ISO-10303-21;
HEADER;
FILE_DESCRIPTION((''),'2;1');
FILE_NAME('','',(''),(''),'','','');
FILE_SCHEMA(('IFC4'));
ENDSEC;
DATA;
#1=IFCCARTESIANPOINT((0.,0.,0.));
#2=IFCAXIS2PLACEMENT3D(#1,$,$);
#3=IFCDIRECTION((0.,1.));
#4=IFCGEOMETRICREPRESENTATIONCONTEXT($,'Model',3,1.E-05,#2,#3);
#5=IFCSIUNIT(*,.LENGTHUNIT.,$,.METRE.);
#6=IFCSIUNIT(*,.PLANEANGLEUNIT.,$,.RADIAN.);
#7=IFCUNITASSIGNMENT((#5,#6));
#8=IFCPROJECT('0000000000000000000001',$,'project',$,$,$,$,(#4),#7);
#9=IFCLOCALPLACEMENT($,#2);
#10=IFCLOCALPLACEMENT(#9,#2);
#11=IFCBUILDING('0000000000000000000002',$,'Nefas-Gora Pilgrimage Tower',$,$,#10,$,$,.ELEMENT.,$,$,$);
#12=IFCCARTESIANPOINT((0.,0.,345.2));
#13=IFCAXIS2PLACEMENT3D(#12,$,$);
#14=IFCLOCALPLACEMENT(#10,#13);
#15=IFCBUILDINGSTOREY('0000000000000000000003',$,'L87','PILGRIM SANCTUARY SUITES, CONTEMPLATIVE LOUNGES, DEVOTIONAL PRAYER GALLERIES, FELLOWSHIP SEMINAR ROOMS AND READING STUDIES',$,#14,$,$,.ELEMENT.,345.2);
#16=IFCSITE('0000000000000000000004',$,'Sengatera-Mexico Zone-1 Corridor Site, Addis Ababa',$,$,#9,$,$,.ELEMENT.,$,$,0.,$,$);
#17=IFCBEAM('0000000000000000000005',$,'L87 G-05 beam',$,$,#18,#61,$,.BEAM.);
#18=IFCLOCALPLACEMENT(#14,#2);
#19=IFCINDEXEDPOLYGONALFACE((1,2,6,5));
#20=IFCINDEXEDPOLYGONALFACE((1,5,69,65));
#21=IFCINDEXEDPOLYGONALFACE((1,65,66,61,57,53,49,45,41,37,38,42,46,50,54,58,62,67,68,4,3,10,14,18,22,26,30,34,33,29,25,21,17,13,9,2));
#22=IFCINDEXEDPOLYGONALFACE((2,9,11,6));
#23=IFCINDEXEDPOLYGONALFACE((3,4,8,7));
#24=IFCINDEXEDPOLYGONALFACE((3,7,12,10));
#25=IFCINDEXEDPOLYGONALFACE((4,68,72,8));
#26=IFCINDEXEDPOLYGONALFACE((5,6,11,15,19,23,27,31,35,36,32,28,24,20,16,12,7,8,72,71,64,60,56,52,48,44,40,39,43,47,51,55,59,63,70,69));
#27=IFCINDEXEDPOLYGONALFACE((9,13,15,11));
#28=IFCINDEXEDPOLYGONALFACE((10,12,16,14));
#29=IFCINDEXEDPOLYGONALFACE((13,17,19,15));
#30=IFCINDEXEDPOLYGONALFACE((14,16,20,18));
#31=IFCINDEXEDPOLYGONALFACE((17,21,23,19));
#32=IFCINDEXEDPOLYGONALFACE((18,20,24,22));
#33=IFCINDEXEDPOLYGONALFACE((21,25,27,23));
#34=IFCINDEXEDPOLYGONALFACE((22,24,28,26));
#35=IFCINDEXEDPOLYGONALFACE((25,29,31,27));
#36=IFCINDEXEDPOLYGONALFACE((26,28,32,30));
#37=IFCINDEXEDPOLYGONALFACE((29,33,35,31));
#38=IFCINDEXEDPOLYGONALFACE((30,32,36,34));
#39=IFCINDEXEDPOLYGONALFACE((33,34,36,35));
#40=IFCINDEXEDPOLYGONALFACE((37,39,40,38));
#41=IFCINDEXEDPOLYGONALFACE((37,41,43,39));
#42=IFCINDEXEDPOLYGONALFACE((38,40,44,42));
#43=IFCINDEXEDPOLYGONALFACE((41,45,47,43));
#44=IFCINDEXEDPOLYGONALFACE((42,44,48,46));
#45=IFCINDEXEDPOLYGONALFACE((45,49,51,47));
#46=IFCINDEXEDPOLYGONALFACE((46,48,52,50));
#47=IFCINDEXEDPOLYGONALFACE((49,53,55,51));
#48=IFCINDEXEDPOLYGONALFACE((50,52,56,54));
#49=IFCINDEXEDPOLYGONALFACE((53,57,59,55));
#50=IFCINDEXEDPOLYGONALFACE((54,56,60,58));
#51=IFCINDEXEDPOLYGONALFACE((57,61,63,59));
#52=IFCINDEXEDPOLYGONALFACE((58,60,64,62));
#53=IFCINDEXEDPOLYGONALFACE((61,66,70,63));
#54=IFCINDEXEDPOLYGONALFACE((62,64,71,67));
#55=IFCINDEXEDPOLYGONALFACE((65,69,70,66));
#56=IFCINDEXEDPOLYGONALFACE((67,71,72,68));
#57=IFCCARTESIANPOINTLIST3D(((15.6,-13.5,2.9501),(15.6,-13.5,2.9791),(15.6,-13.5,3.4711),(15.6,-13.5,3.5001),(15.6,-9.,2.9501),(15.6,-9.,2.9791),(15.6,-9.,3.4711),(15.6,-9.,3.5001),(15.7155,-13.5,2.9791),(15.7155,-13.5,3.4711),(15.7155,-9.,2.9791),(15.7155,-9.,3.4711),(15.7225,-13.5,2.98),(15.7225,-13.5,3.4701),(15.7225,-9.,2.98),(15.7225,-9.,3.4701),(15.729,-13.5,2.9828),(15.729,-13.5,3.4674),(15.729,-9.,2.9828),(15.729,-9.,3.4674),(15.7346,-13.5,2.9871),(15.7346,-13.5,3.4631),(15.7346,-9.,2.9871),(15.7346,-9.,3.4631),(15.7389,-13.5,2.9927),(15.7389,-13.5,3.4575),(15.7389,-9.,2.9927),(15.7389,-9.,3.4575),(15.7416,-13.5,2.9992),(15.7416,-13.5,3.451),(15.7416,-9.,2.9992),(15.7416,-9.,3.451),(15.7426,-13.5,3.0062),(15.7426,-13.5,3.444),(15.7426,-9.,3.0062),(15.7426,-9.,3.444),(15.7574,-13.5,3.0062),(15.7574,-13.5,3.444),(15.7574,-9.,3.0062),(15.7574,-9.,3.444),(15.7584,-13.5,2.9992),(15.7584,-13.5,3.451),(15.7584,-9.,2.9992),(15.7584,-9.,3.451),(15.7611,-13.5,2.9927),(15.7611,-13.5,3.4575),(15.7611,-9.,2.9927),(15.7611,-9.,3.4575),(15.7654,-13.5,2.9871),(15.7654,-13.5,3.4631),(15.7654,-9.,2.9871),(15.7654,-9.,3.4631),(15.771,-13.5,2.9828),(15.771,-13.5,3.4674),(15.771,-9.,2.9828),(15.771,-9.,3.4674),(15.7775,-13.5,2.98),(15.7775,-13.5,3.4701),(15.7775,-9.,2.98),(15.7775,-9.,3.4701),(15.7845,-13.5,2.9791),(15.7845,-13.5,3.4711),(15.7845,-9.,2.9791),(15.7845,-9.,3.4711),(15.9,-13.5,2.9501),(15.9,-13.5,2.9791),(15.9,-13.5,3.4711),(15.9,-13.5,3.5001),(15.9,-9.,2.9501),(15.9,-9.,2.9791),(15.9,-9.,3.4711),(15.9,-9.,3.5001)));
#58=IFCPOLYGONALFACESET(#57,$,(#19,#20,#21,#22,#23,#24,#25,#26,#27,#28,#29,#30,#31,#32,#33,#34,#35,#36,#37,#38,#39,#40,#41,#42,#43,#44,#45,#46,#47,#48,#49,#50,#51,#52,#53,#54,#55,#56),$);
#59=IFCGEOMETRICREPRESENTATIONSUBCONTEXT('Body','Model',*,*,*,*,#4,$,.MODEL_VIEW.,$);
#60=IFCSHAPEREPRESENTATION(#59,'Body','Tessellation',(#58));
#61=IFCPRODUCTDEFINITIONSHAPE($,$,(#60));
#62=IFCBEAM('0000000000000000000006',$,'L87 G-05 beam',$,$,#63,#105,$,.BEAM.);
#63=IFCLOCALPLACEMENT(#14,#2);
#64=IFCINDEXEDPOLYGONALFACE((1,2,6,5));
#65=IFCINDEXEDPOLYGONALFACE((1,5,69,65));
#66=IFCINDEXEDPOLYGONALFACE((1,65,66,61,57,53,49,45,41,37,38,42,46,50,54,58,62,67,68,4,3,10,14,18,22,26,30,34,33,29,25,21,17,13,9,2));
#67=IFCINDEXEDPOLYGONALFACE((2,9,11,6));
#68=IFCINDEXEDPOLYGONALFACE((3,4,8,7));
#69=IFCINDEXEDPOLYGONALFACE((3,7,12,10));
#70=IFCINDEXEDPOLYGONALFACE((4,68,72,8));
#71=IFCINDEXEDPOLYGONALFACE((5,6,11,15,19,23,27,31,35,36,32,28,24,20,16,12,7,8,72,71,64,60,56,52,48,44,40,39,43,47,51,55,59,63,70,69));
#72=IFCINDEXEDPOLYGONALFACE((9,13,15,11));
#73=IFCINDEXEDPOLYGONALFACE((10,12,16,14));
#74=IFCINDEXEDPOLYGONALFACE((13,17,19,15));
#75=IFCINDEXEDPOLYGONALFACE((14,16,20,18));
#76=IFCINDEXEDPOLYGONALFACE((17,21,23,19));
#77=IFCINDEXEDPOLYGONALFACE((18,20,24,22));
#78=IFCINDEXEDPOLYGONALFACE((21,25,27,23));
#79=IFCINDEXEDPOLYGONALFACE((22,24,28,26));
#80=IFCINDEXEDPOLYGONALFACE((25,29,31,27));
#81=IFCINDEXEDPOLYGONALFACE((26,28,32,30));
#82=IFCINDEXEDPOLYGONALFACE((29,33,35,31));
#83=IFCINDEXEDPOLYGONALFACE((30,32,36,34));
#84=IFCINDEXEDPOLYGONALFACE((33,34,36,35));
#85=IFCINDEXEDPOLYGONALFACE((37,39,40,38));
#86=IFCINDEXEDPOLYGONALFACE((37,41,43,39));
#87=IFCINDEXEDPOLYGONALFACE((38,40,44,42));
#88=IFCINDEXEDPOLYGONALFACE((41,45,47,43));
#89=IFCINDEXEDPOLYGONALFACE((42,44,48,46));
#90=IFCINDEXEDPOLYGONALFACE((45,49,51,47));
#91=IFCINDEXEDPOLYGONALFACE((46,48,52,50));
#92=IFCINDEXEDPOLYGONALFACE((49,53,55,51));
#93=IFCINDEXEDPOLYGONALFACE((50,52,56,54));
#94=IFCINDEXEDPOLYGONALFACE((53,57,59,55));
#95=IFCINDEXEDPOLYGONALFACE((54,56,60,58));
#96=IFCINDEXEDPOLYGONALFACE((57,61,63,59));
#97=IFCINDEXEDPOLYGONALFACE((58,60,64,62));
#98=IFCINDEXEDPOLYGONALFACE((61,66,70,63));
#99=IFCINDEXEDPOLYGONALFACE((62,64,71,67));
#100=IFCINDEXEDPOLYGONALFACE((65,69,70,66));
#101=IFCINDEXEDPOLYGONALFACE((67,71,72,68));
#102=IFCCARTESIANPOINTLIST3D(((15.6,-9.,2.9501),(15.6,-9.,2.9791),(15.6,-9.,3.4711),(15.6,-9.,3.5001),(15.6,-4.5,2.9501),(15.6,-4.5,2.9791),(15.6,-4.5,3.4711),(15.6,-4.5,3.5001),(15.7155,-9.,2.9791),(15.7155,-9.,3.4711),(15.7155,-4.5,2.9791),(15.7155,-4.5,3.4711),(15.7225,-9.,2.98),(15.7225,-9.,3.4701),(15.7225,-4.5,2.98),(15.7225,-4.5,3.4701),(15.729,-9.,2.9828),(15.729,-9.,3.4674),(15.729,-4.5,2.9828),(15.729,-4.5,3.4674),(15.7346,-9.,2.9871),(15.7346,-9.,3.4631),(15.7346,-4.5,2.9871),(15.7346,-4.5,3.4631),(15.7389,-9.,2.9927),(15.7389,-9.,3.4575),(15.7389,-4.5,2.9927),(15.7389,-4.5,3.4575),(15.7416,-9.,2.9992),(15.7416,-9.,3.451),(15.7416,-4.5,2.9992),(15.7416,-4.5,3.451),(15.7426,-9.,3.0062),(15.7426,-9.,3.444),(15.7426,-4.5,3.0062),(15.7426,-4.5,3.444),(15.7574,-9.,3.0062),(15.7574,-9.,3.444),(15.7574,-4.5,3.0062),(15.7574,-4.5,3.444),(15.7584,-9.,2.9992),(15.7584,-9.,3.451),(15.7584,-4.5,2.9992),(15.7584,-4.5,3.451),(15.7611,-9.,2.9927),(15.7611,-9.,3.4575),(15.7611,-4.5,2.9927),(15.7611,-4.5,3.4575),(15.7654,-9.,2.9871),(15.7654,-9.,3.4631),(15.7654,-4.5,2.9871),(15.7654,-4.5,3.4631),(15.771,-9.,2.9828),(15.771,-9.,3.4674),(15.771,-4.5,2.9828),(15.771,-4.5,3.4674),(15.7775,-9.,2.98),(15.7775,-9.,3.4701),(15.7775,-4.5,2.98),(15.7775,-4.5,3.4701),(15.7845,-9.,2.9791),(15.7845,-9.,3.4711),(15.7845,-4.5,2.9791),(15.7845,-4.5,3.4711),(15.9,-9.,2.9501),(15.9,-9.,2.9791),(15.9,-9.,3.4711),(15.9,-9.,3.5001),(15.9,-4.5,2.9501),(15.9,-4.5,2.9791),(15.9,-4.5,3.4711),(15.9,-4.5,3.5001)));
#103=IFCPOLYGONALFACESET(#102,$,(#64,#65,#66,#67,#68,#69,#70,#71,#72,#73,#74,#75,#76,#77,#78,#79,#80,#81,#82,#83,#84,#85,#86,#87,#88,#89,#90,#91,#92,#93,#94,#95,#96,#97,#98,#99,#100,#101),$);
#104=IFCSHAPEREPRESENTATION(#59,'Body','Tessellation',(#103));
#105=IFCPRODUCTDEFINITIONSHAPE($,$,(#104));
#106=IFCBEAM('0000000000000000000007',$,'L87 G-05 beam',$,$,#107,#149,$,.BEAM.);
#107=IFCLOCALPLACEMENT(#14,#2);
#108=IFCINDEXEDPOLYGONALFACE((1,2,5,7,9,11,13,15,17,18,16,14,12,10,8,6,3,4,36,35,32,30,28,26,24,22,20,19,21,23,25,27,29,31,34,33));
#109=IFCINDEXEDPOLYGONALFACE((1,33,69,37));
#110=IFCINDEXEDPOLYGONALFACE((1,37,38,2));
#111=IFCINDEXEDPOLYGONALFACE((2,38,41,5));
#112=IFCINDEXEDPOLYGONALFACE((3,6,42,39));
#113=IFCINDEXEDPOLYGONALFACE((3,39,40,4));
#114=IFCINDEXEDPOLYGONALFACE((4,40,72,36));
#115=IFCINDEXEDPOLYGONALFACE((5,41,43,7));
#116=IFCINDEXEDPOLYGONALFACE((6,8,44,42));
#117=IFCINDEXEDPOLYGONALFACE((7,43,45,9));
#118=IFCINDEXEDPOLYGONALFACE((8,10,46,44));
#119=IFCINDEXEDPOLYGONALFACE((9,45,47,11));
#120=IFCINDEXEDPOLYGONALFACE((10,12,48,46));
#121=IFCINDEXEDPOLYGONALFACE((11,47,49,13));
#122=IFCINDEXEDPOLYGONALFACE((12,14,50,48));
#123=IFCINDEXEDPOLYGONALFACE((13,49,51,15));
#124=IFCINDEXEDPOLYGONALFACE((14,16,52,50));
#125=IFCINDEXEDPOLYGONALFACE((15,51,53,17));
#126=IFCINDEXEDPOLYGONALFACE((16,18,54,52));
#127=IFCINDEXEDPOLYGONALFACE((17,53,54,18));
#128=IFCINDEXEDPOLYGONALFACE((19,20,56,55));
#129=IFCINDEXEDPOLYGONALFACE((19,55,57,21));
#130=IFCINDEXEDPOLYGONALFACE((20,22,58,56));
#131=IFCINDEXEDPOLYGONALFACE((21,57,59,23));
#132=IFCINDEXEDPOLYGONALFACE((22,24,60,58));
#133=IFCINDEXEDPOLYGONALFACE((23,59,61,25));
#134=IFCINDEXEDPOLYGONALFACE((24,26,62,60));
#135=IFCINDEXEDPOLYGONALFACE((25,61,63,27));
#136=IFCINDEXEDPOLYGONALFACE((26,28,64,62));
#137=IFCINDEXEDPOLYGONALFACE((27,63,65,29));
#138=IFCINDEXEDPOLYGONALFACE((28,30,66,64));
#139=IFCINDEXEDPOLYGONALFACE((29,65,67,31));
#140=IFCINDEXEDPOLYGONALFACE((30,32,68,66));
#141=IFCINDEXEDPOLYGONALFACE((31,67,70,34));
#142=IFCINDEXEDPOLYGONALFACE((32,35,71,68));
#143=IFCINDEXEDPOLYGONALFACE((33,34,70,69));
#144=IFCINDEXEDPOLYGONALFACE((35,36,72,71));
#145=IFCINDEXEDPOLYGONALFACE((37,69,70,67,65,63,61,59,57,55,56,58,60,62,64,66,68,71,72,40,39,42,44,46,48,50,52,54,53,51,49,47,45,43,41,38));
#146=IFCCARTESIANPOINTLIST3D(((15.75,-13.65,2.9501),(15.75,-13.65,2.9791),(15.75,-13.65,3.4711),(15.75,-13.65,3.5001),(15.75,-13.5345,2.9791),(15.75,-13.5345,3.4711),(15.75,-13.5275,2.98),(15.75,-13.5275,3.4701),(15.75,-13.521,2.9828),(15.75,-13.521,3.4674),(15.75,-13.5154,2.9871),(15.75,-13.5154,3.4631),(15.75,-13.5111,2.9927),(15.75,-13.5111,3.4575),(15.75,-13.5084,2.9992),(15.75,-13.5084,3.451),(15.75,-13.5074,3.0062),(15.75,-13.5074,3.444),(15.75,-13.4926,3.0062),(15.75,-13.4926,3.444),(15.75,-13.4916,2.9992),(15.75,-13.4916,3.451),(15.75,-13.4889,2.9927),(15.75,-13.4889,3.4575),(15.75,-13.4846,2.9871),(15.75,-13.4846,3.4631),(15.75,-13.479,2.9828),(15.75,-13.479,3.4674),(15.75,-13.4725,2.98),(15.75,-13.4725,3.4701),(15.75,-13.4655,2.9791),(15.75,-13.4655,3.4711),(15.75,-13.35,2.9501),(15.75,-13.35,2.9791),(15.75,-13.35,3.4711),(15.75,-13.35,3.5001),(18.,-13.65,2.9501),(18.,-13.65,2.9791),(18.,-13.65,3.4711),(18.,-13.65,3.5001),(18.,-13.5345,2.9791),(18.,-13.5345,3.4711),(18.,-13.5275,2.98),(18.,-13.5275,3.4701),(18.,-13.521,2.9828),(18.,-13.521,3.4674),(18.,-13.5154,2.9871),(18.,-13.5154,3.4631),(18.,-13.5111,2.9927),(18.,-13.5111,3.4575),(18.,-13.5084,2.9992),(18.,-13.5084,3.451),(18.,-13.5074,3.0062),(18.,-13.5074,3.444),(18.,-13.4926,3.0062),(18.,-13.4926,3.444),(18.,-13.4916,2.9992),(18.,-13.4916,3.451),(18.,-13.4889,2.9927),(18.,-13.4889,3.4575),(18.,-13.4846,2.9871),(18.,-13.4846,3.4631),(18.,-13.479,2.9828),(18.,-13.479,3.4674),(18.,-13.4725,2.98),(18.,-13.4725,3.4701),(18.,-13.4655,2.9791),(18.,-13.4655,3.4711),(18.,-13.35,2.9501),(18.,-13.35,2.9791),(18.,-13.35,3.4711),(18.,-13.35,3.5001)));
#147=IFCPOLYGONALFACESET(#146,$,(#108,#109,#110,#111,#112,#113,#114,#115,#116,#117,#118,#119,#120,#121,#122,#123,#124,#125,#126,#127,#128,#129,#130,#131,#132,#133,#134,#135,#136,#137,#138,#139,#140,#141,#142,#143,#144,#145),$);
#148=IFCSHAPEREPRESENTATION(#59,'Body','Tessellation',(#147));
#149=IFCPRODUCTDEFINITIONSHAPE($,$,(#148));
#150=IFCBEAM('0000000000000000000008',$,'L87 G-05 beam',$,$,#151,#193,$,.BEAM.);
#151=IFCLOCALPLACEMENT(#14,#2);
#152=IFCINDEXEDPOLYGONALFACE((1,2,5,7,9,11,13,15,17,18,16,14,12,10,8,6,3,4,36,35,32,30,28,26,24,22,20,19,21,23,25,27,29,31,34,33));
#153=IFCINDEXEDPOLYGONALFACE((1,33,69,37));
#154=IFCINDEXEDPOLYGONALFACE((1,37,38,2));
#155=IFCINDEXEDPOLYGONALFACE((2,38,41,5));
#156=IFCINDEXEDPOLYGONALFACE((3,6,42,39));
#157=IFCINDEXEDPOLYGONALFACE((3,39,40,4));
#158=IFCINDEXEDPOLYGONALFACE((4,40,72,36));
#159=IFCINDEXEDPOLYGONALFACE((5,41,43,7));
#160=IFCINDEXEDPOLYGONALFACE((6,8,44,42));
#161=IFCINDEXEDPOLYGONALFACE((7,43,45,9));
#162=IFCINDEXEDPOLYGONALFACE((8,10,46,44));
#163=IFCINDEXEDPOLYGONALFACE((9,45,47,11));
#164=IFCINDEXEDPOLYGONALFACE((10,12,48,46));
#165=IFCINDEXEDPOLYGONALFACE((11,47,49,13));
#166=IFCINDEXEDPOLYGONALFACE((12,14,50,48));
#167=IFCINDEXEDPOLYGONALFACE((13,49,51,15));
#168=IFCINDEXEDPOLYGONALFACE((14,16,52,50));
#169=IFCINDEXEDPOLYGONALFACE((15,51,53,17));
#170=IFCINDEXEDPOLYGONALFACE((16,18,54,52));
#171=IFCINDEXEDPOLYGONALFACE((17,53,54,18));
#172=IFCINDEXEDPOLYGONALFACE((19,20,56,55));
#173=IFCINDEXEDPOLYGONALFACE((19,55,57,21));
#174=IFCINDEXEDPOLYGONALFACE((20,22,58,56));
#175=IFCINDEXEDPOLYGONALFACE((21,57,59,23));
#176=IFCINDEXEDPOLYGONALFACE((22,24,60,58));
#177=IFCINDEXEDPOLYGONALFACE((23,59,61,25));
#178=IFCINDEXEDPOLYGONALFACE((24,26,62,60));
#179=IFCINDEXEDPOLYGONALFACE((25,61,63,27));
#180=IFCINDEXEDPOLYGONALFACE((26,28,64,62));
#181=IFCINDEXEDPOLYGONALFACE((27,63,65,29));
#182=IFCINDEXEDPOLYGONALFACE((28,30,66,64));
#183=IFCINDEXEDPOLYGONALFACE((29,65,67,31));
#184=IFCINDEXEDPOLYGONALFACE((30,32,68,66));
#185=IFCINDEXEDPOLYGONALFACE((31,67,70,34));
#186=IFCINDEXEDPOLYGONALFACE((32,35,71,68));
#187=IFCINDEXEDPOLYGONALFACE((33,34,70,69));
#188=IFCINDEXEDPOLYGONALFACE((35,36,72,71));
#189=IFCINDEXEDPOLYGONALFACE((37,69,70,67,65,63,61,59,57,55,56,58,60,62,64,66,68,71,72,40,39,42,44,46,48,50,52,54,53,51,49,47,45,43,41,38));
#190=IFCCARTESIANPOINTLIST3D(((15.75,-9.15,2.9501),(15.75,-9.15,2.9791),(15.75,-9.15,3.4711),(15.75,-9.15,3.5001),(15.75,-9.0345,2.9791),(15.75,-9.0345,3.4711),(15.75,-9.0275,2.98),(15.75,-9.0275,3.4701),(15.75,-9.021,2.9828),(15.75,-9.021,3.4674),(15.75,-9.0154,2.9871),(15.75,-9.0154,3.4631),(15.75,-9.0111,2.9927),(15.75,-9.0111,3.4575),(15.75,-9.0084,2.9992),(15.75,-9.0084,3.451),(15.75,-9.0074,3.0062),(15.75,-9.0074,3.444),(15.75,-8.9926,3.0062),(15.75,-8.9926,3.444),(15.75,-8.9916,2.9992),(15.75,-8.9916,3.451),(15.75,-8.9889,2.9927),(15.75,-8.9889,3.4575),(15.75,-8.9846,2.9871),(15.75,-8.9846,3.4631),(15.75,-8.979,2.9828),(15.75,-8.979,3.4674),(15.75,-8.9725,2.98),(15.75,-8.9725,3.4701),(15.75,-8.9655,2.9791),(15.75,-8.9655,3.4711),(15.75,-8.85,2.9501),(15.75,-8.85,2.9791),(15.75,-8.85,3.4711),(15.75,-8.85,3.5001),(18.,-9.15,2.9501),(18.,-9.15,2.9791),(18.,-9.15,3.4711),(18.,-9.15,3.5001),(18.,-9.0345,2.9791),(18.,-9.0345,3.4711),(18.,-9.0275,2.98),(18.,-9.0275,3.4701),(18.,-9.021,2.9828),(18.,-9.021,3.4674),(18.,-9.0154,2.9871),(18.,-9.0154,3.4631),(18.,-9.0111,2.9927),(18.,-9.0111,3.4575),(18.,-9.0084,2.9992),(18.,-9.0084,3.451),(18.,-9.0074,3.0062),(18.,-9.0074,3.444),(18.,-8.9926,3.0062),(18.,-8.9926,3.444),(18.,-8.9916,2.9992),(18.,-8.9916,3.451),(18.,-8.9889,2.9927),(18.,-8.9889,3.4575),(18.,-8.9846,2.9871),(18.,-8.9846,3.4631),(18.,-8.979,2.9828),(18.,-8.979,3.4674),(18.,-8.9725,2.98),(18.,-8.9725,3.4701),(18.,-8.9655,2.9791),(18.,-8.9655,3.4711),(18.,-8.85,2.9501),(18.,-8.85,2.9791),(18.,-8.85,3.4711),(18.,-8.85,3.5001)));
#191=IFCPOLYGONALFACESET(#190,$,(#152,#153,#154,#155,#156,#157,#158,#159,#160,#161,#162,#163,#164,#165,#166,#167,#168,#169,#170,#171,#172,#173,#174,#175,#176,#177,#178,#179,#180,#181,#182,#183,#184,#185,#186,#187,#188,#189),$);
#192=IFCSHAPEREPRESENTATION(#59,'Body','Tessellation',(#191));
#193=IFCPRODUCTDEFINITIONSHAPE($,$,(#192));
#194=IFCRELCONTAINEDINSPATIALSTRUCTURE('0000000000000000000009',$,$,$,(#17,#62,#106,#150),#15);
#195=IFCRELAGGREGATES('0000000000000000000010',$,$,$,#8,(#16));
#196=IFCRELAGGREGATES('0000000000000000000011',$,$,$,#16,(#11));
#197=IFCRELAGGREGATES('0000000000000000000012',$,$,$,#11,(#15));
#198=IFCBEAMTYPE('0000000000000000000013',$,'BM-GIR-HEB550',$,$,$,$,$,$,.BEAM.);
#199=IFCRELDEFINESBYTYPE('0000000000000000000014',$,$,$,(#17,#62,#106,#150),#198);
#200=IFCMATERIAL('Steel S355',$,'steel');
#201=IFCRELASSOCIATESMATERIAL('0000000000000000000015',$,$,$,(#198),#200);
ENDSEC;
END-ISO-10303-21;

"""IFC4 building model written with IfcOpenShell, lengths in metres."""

from ifc_helpers import new_model, si_unit, direction, frame, origin, origin_2d, place, context, subcontext, project, spatial, i_section, extrude, source, transform, mapped, material, material_profile, profile_set, type_object, element, save


model = new_model("IFC4")

# Units and contexts
model_context = context("Model", 3, precision=1e-05, world=origin(), true_north=direction((0.0, 1.0)))
body_context = subcontext(model_context, "Body", "Model", "MODEL_VIEW")
ifc_project = project(units=[si_unit("LENGTHUNIT", "METRE"), si_unit("PLANEANGLEUNIT", "RADIAN")], contexts=[model_context])

# Site, building, storey
site_placement = place(None, origin())
site = spatial("IfcSite", under=ifc_project, at=site_placement, Name="Sengatera-Mexico Zone-1 Corridor Site, Addis Ababa", CompositionType="ELEMENT", RefElevation=0.0)
building_placement = place(site_placement, origin())
building = spatial("IfcBuilding", under=site, at=building_placement, Name="Nefas-Gora Pilgrimage Tower", CompositionType="ELEMENT")
storey_placement = place(building_placement, frame((0.0, 0.0, 345.2)))
storey = spatial("IfcBuildingStorey", under=building, at=storey_placement, Name="L87", Description="PILGRIM SANCTUARY SUITES, CONTEMPLATIVE LOUNGES, DEVOTIONAL PRAYER GALLERIES, FELLOWSHIP SEMINAR ROOMS AND READING STUDIES", CompositionType="ELEMENT", Elevation=345.2)

# Shared definitions
ifc_material_1 = material(Name="Steel S355", Category="steel")

# Beams
ifc_material_profile_1 = material_profile(ifc_material_1, i_section(OverallWidth=0.3, OverallDepth=0.55, WebThickness=0.0149, FlangeThickness=0.0291, FilletRadius=0.0271, at=origin_2d()), Name="HEB 550")
ifc_profile_set_1 = profile_set([ifc_material_profile_1], Name="Steel S355")
beam_type_1 = type_object("IfcBeamType", Name="BM-GIR-HEB550", PredefinedType="BEAM", material=ifc_profile_set_1)
shared_shape_1 = source(origin(), body_context, "Body", "SweptSolid", [
    extrude(i_section(OverallWidth=0.3, OverallDepth=0.55, WebThickness=0.0149, FlangeThickness=0.0291, FilletRadius=0.0271, at=origin_2d()), origin(), (0.0, 0.0, 1.0), 4.5),
])
for number, where, z_axis, x_axis, name in (
    (1, (15.75, -13.5, 3.2251), (0.0, 1.0, 0.0), (-1.0, 0.0, 0.0), "L87 G-05 beam"),
    (2, (15.75, -9.0, 3.2251), (0.0, 1.0, 0.0), (-1.0, 0.0, 0.0), "L87 G-05 beam"),
):
    element("IfcBeam", number, at=place(storey_placement, frame(where, z_axis=z_axis, x_axis=x_axis)), inside=storey, type_object=beam_type_1, Name=name, PredefinedType="BEAM", context=body_context, shape_type="MappedRepresentation", body=[
        mapped(shared_shape_1, transform((0.0, 0.0, 0.0), x_axis=(1.0, 0.0, 0.0), y_axis=(0.0, 1.0, 0.0), z_axis=(0.0, 0.0, 1.0), scale=1.0)),
    ])
shared_shape_2 = source(origin(), body_context, "Body", "SweptSolid", [
    extrude(i_section(OverallWidth=0.3, OverallDepth=0.55, WebThickness=0.0149, FlangeThickness=0.0291, FilletRadius=0.0271, at=origin_2d()), origin(), (0.0, 0.0, 1.0), 2.25),
])
for number, where, z_axis, x_axis, name in (
    (3, (15.75, -13.5, 3.2251), (1.0, 0.0, 0.0), (0.0, 1.0, 0.0), "L87 G-05 beam"),
    (4, (15.75, -9.0, 3.2251), (1.0, 0.0, 0.0), (0.0, 1.0, 0.0), "L87 G-05 beam"),
):
    element("IfcBeam", number, at=place(storey_placement, frame(where, z_axis=z_axis, x_axis=x_axis)), inside=storey, type_object=beam_type_1, Name=name, PredefinedType="BEAM", context=body_context, shape_type="MappedRepresentation", body=[
        mapped(shared_shape_2, transform((0.0, 0.0, 0.0), x_axis=(1.0, 0.0, 0.0), y_axis=(0.0, 1.0, 0.0), z_axis=(0.0, 0.0, 1.0), scale=1.0)),
    ])

save(model, "model.ifc")
